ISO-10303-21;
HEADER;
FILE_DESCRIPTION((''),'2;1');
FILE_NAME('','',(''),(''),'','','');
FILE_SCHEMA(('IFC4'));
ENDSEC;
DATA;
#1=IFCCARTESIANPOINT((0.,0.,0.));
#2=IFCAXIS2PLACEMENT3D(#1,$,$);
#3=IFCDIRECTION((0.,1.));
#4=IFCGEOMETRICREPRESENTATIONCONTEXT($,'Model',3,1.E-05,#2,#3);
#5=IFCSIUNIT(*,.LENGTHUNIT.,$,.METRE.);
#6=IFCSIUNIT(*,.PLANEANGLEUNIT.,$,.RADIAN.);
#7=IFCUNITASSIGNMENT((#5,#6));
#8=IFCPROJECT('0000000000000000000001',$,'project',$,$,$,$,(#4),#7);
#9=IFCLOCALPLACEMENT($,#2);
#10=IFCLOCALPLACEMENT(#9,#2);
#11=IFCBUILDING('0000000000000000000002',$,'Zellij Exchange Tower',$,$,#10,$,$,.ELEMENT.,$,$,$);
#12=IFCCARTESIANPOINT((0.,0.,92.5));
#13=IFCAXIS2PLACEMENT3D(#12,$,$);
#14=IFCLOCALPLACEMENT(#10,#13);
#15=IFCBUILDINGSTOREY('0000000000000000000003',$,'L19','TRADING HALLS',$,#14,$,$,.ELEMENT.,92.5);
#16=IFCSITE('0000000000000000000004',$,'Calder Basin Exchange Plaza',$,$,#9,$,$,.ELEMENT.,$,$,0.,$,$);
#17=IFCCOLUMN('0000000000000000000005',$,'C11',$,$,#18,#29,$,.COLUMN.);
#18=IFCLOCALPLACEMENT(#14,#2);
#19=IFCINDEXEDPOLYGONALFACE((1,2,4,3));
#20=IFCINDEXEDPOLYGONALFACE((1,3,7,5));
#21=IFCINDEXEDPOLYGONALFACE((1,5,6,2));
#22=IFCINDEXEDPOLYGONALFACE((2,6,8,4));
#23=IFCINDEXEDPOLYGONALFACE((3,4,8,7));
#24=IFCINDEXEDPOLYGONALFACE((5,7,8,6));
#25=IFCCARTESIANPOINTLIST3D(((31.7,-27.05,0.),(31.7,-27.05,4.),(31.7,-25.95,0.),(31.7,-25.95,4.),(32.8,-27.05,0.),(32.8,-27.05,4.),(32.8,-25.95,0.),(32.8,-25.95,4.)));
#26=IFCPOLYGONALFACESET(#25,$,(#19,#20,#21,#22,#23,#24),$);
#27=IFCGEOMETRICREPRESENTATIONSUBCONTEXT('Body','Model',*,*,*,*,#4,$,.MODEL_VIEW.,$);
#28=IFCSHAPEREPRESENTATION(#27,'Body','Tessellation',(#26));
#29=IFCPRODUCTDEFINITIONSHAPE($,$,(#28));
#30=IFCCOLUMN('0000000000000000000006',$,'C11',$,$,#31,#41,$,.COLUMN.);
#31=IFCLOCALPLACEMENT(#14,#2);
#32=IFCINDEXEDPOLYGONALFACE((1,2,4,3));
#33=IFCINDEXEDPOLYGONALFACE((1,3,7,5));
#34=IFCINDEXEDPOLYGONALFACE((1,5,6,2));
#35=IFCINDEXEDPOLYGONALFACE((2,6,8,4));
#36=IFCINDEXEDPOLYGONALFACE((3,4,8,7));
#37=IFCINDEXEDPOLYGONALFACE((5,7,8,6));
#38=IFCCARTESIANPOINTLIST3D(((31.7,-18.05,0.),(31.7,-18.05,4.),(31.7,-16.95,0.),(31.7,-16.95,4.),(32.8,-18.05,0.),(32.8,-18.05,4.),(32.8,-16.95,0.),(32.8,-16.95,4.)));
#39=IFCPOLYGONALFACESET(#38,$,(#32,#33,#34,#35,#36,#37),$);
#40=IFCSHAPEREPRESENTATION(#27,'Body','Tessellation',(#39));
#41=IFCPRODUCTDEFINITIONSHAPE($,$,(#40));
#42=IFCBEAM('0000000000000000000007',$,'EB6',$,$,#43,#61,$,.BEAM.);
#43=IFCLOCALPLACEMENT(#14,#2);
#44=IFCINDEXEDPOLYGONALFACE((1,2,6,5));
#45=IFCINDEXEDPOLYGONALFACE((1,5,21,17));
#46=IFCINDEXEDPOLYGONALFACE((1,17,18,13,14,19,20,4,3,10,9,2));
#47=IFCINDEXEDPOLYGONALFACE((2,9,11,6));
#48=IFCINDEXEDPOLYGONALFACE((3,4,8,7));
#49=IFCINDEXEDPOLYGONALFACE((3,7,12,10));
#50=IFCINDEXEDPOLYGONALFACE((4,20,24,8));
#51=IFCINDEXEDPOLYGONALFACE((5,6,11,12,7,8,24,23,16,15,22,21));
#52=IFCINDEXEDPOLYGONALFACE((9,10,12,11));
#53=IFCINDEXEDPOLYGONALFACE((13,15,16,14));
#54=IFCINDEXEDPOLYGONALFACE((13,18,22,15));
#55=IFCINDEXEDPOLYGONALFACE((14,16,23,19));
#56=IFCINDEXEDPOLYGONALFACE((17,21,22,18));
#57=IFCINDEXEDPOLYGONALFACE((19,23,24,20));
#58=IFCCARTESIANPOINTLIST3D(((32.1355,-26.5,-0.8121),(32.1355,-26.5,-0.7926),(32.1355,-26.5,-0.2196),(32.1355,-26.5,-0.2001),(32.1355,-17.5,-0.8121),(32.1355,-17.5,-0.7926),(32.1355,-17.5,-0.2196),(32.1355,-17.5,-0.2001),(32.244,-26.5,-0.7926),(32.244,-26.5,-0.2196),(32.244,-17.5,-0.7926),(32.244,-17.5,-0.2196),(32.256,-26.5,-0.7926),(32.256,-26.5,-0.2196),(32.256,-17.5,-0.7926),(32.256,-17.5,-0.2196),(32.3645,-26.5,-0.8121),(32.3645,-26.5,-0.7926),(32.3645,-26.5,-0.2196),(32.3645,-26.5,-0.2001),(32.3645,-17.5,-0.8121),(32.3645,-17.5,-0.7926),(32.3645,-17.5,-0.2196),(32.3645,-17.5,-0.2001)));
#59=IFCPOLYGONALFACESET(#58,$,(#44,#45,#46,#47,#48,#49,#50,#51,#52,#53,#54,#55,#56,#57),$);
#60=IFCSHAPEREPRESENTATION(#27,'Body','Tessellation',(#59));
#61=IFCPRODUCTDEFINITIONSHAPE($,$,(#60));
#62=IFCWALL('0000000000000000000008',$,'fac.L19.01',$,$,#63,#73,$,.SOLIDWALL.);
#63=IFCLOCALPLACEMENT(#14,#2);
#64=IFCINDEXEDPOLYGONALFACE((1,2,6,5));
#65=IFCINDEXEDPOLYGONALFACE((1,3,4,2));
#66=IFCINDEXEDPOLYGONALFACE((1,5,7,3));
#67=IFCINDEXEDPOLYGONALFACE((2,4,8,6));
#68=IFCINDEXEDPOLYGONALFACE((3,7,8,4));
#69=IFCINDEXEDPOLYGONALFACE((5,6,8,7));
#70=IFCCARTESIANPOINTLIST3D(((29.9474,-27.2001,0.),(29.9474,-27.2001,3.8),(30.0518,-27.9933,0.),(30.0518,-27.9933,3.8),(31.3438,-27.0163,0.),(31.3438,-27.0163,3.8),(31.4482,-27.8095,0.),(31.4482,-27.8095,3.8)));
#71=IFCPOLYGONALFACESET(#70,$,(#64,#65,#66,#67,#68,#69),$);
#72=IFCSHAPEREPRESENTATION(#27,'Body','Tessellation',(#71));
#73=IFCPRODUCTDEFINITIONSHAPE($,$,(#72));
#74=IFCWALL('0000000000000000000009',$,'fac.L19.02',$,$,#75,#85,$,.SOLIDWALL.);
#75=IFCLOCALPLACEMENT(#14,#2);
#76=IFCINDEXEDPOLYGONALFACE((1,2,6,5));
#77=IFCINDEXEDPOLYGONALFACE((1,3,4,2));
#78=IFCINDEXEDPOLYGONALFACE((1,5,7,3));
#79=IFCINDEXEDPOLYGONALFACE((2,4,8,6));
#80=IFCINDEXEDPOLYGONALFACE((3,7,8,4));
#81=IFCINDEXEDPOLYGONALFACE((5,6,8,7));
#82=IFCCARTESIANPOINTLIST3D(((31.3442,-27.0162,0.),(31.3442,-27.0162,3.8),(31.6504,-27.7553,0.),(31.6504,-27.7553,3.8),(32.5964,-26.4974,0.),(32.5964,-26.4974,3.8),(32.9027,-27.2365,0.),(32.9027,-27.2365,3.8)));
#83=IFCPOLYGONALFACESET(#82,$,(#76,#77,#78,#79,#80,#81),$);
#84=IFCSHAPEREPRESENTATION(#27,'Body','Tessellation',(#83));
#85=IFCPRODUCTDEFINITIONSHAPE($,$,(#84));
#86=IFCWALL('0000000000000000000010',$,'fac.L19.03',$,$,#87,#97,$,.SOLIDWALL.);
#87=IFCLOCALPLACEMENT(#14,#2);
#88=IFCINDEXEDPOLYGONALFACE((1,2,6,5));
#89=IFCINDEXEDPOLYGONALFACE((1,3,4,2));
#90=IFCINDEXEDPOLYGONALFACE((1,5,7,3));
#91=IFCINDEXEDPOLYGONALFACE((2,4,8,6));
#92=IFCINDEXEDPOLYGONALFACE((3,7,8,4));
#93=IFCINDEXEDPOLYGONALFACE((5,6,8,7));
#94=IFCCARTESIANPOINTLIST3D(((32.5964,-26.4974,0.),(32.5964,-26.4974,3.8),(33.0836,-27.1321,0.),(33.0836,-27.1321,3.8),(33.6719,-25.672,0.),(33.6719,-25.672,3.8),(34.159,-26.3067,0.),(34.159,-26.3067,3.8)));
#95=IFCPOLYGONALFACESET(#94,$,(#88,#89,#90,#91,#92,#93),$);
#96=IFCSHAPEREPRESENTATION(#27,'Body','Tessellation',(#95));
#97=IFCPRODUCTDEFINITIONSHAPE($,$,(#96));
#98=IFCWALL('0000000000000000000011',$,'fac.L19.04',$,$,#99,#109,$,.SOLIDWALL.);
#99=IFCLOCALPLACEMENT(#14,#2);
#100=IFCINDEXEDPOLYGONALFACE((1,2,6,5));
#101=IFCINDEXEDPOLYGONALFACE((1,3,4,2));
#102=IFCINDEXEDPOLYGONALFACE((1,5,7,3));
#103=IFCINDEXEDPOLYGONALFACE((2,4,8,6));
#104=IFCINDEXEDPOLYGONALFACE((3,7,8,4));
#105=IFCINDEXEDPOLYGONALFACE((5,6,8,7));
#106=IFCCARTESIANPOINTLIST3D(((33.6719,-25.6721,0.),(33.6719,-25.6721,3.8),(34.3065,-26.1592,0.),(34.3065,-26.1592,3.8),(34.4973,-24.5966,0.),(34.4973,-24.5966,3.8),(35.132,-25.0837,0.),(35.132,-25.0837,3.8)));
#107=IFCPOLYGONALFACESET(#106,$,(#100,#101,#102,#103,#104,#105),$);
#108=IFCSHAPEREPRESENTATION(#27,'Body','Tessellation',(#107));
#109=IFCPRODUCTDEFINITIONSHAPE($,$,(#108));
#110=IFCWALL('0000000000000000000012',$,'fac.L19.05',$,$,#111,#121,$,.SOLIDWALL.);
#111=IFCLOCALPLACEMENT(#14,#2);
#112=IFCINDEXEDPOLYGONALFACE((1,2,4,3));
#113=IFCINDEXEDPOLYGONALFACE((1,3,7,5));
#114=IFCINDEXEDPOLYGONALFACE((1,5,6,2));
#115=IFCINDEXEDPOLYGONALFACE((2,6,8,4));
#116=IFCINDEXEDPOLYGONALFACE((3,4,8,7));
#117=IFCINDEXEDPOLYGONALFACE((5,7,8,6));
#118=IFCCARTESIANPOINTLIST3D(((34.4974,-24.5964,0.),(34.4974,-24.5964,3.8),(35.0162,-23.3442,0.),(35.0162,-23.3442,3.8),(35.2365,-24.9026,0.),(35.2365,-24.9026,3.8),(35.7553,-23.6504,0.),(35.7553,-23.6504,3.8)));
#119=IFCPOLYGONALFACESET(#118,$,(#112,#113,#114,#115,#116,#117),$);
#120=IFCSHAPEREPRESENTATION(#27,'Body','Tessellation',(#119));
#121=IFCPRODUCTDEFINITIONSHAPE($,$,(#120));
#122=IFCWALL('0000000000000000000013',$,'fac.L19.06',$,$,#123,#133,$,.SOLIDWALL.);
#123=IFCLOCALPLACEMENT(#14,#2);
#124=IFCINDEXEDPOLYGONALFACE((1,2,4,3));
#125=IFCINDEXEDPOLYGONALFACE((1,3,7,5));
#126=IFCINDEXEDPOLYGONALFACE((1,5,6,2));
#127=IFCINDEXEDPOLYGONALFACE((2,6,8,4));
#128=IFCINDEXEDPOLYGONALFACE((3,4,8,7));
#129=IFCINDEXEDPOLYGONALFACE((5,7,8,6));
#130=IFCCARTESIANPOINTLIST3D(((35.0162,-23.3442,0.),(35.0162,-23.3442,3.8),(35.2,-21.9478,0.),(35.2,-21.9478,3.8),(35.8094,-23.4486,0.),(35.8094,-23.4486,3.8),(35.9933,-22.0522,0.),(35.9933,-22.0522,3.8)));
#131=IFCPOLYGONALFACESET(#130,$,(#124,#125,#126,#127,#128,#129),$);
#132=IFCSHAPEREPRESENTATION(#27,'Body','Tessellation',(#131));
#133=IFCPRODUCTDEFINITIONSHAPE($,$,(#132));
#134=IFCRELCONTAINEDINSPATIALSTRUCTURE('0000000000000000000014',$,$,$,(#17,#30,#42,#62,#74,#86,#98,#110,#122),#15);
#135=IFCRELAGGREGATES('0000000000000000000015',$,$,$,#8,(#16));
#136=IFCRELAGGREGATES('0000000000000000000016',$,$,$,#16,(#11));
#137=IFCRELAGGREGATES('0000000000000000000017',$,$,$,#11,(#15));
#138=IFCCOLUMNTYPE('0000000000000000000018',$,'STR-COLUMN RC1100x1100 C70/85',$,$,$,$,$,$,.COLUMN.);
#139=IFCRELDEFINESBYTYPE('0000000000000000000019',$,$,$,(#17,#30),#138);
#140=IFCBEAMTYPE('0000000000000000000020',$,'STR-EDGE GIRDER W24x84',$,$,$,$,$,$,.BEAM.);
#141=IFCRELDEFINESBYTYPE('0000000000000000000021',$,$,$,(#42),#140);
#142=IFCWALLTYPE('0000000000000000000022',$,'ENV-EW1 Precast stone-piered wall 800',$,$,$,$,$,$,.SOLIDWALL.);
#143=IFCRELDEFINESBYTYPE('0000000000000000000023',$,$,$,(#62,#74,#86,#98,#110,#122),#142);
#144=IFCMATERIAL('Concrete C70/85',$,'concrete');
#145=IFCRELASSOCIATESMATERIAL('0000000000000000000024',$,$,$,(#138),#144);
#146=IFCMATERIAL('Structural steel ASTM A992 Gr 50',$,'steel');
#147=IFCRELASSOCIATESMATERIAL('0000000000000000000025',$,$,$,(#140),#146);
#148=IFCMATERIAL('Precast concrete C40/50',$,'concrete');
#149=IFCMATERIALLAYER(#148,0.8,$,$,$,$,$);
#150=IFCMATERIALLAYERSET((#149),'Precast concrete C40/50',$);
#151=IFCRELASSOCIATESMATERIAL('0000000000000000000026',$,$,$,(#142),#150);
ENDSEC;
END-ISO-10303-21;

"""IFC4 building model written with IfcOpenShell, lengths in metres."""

from ifc_helpers import new_model, si_unit, direction, frame, frame_2d, origin, origin_2d, place, context, subcontext, project, spatial, rectangle, i_section, extrude, material, layer, layer_set, material_profile, profile_set, type_object, element, save


model = new_model("IFC4")

# Units and contexts
model_context = context("Model", 3, precision=1e-05, world=origin(), true_north=direction((0.0, 1.0)))
body_context = subcontext(model_context, "Body", "Model", "MODEL_VIEW")
ifc_project = project(units=[si_unit("LENGTHUNIT", "METRE"), si_unit("PLANEANGLEUNIT", "RADIAN")], contexts=[model_context])

# Site, building, storey
site_placement = place(None, origin())
site = spatial("IfcSite", under=ifc_project, at=site_placement, Name="Calder Basin Exchange Plaza", CompositionType="ELEMENT", RefElevation=0.0)
building_placement = place(site_placement, origin())
building = spatial("IfcBuilding", under=site, at=building_placement, Name="Zellij Exchange Tower", CompositionType="ELEMENT")
storey_placement = place(building_placement, frame((0.0, 0.0, 92.5)))
storey = spatial("IfcBuildingStorey", under=building, at=storey_placement, Name="L19", Description="TRADING HALLS", CompositionType="ELEMENT", Elevation=92.5)

# Columns
ifc_material_1 = material(Name="Concrete C70/85", Category="concrete")
ifc_material_profile_1 = material_profile(ifc_material_1, rectangle(XDim=1.1001, YDim=1.1001, at=origin_2d()), Name="STR-COLUMN RC1100x1100 C70/85")
ifc_profile_set_1 = profile_set([ifc_material_profile_1], Name="Concrete C70/85")
column_type = type_object("IfcColumnType", Name="STR-COLUMN RC1100x1100 C70/85", PredefinedType="COLUMN", material=ifc_profile_set_1)
for number, where, z_axis, x_axis, name in (
    (1, (32.25, -26.5, 0.0), (0.0, 0.0, 1.0), (1.0, 0.0, 0.0), "C11"),
    (2, (32.25, -17.5, 0.0), (0.0, 0.0, 1.0), (1.0, 0.0, 0.0), "C11"),
):
    element("IfcColumn", number, at=place(storey_placement, frame(where, z_axis=z_axis, x_axis=x_axis)), inside=storey, type_object=column_type, Name=name, PredefinedType="COLUMN", context=body_context, shape_type="SweptSolid", body=[
        extrude(rectangle(XDim=1.1001, YDim=1.1001, at=origin_2d()), origin(), (0.0, 0.0, 1.0), 4.0),
    ])

# Beam
ifc_material_2 = material(Name="Structural steel ASTM A992 Gr 50", Category="steel")
ifc_material_profile_2 = material_profile(ifc_material_2, i_section(OverallWidth=0.229, OverallDepth=0.6121, WebThickness=0.012, FlangeThickness=0.0195, at=origin_2d()), Name="W24x84")
ifc_profile_set_2 = profile_set([ifc_material_profile_2], Name="Structural steel ASTM A992 Gr 50")
beam_type = type_object("IfcBeamType", Name="STR-EDGE GIRDER W24x84", PredefinedType="BEAM", material=ifc_profile_set_2)
beam_placement = place(storey_placement, frame((32.25, -26.5, -0.5061), z_axis=(0.0, 1.0, 0.0), x_axis=(-1.0, 0.0, 0.0)))
element("IfcBeam", 3, at=beam_placement, inside=storey, type_object=beam_type, Name="EB6", PredefinedType="BEAM", context=body_context, shape_type="SweptSolid", body=[
    extrude(i_section(OverallWidth=0.229, OverallDepth=0.6121, WebThickness=0.012, FlangeThickness=0.0195, at=origin_2d()), origin(), (0.0, 0.0, 1.0), 9.0),
])

# Walls
ifc_material_3 = material(Name="Precast concrete C40/50", Category="concrete")
ifc_layer_1 = layer(ifc_material_3, 0.8)
ifc_layer_set_1 = layer_set([ifc_layer_1], Name="Precast concrete C40/50")
wall_type = type_object("IfcWallType", Name="ENV-EW1 Precast stone-piered wall 800", PredefinedType="SOLIDWALL", material=ifc_layer_set_1)
wall_1_placement = place(storey_placement, frame((29.9998, -27.5967, 0.0), z_axis=(0.0, 0.0, 1.0), x_axis=(0.991446, 0.130517, 0.0)))
element("IfcWall", 4, at=wall_1_placement, inside=storey, type_object=wall_type, Name="fac.L19.01", PredefinedType="SOLIDWALL", context=body_context, shape_type="SweptSolid", body=[
    extrude(rectangle(XDim=1.4084, YDim=0.8, at=frame_2d((0.7041, 0.0))), origin(), (0.0, 0.0, 1.0), 3.8),
])
wall_2_placement = place(storey_placement, frame((31.4973, -27.3857, 0.0), z_axis=(0.0, 0.0, 1.0), x_axis=(0.923848, 0.38276, 0.0)))
element("IfcWall", 5, at=wall_2_placement, inside=storey, type_object=wall_type, Name="fac.L19.02", PredefinedType="SOLIDWALL", context=body_context, shape_type="SweptSolid", body=[
    extrude(rectangle(XDim=1.3555, YDim=0.8, at=frame_2d((0.6777, 0.0))), origin(), (0.0, 0.0, 1.0), 3.8),
])
for number, where, z_axis, x_axis, name in (
    (6, (32.8401, -26.8147, 0.0), (0.0, 0.0, 1.0), (0.793273, 0.608866, 0.0), "fac.L19.03"),
    (7, (33.9893, -25.9155, 0.0), (0.0, 0.0, 1.0), (0.608866, 0.793273, 0.0), "fac.L19.04"),
):
    element("IfcWall", number, at=place(storey_placement, frame(where, z_axis=z_axis, x_axis=x_axis)), inside=storey, type_object=wall_type, Name=name, PredefinedType="SOLIDWALL", context=body_context, shape_type="SweptSolid", body=[
        extrude(rectangle(XDim=1.3557, YDim=0.8, at=frame_2d((0.6777, 0.0))), origin(), (0.0, 0.0, 1.0), 3.8),
    ])
wall_3_placement = place(storey_placement, frame((34.8669, -24.7495, 0.0), z_axis=(0.0, 0.0, 1.0), x_axis=(0.38276, 0.923848, 0.0)))
element("IfcWall", 8, at=wall_3_placement, inside=storey, type_object=wall_type, Name="fac.L19.05", PredefinedType="SOLIDWALL", context=body_context, shape_type="SweptSolid", body=[
    extrude(rectangle(XDim=1.3555, YDim=0.8, at=frame_2d((0.6777, 0.0))), origin(), (0.0, 0.0, 1.0), 3.8),
])
wall_4_placement = place(storey_placement, frame((35.4128, -23.3962, 0.0), z_axis=(0.0, 0.0, 1.0), x_axis=(0.130517, 0.991446, 0.0)))
element("IfcWall", 9, at=wall_4_placement, inside=storey, type_object=wall_type, Name="fac.L19.06", PredefinedType="SOLIDWALL", context=body_context, shape_type="SweptSolid", body=[
    extrude(rectangle(XDim=1.4084, YDim=0.8, at=frame_2d((0.7041, 0.0))), origin(), (0.0, 0.0, 1.0), 3.8),
])

save(model, "model.ifc")
